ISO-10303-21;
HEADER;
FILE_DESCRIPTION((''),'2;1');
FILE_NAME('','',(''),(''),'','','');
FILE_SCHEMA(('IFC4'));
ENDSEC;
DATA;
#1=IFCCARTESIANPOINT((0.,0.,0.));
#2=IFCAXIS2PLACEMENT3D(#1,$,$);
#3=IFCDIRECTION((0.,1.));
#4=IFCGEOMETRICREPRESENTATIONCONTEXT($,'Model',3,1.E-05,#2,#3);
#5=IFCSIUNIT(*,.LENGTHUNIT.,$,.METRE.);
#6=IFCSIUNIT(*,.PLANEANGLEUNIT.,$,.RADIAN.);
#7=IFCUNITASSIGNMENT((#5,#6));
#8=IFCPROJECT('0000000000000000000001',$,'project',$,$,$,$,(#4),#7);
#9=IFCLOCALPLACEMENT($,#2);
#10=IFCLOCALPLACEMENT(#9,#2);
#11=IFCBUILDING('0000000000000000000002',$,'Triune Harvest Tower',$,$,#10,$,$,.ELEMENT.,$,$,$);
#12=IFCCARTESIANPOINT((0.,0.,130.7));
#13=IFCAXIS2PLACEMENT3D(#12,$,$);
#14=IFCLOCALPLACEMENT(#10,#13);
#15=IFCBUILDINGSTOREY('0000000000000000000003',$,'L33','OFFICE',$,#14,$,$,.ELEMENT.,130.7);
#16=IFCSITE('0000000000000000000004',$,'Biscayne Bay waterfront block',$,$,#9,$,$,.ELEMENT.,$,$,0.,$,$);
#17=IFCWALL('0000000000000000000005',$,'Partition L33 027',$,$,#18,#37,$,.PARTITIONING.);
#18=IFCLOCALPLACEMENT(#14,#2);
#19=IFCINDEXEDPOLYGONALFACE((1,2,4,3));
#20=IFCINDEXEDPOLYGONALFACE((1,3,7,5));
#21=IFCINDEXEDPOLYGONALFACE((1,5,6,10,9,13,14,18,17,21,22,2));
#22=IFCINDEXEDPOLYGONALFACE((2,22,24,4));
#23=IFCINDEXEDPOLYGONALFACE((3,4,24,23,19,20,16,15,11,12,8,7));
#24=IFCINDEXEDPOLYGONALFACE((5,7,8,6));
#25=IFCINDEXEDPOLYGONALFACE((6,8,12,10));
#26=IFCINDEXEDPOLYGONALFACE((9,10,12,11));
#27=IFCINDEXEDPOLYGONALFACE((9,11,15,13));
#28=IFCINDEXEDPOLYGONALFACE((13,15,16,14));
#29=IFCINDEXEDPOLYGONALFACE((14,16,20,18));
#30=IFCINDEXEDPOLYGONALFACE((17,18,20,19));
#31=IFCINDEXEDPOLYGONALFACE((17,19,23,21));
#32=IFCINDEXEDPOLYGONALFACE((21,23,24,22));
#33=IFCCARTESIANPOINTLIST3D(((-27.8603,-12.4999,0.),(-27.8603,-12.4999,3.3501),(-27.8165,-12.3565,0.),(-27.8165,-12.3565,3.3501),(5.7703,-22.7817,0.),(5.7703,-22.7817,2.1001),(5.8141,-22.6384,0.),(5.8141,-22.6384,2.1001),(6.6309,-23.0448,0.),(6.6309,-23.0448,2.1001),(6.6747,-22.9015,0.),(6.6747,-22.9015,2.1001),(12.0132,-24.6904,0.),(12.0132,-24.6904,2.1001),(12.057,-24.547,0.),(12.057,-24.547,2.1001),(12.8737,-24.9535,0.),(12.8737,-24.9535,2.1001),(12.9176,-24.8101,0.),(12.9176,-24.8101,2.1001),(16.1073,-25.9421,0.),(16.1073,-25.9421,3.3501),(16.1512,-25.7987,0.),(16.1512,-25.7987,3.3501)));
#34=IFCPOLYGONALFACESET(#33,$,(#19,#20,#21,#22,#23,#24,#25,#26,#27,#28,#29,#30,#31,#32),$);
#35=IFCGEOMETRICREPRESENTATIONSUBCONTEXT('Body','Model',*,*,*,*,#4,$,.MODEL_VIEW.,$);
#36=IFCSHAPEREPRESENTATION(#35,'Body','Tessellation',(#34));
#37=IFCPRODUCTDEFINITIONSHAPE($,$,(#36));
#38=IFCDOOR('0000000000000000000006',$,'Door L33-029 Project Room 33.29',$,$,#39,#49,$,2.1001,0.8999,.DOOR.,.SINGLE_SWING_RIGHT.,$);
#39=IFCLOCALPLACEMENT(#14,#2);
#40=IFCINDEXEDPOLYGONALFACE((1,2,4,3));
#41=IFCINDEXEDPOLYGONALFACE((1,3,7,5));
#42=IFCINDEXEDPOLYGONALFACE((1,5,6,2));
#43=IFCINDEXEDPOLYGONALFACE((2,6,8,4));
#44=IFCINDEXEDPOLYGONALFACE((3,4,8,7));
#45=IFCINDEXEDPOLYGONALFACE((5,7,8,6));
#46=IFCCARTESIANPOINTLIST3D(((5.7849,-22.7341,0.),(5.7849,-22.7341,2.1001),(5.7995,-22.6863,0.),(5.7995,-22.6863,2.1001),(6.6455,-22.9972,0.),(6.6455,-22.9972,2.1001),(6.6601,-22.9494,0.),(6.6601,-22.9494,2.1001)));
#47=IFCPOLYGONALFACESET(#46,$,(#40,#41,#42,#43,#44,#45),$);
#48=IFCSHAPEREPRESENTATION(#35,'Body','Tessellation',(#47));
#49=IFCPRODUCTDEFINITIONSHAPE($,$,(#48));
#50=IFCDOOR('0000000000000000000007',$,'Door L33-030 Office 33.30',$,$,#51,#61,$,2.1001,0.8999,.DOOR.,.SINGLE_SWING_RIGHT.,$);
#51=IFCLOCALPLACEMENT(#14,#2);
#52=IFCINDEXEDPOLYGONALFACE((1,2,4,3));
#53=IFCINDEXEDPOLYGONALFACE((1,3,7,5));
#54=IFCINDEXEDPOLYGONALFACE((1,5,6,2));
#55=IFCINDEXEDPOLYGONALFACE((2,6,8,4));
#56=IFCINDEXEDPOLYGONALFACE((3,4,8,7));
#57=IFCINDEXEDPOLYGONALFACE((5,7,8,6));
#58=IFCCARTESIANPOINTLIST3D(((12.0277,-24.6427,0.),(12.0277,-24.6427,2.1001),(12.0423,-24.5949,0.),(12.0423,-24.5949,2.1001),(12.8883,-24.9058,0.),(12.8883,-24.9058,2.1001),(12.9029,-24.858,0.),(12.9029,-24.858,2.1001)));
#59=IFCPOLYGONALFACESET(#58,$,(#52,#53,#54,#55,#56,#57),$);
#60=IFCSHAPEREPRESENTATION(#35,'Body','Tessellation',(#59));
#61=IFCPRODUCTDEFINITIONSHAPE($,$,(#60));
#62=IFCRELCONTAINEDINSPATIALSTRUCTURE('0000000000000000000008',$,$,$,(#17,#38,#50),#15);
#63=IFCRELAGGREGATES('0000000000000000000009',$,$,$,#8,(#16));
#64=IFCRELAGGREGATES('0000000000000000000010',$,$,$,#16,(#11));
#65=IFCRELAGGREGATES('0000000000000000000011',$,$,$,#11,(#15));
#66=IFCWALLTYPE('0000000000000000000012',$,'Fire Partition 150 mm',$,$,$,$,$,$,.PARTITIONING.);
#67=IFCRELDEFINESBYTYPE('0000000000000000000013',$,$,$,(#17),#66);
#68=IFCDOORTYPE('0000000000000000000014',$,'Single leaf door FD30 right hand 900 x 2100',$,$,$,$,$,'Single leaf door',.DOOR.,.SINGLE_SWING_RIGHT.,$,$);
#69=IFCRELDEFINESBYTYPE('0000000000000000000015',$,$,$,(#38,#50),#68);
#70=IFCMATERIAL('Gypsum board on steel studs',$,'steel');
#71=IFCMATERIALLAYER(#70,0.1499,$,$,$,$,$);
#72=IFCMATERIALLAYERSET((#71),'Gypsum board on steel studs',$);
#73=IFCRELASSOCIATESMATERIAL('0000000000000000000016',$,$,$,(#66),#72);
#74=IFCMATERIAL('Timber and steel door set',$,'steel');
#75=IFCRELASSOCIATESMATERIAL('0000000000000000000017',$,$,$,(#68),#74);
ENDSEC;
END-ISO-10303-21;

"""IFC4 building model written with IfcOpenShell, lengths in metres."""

from ifc_helpers import new_model, si_unit, direction, frame, frame_2d, origin, place, context, subcontext, project, spatial, rectangle, extrude, source, transform, mapped, material, layer, layer_set, type_object, element, fill, save


model = new_model("IFC4")

# Units and contexts
model_context = context("Model", 3, precision=1e-05, world=origin(), true_north=direction((0.0, 1.0)))
body_context = subcontext(model_context, "Body", "Model", "MODEL_VIEW")
ifc_project = project(units=[si_unit("LENGTHUNIT", "METRE"), si_unit("PLANEANGLEUNIT", "RADIAN")], contexts=[model_context])

# Site, building, storey
site_placement = place(None, origin())
site = spatial("IfcSite", under=ifc_project, at=site_placement, Name="Biscayne Bay waterfront block", CompositionType="ELEMENT", RefElevation=0.0)
building_placement = place(site_placement, origin())
building = spatial("IfcBuilding", under=site, at=building_placement, Name="Triune Harvest Tower", CompositionType="ELEMENT")
storey_placement = place(building_placement, frame((0.0, 0.0, 130.7)))
storey = spatial("IfcBuildingStorey", under=building, at=storey_placement, Name="L33", Description="OFFICE", CompositionType="ELEMENT", Elevation=130.7)

# Shared definitions
ifc_material_1 = material(Name="Gypsum board on steel studs", Category="steel")
ifc_layer_1 = layer(ifc_material_1, 0.1499)
ifc_layer_set_1 = layer_set([ifc_layer_1], Name="Gypsum board on steel studs")
wall_type = type_object("IfcWallType", Name="Fire Partition 150 mm", PredefinedType="PARTITIONING", material=ifc_layer_set_1)

# Shared definitions
ifc_material_2 = material(Name="Timber and steel door set", Category="steel")
door_type_1 = type_object("IfcDoorType", Name="Single leaf door FD30 right hand 900 x 2100", ElementType="Single leaf door", OperationType="SINGLE_SWING_RIGHT", PredefinedType="DOOR", material=ifc_material_2)

# Wall, openings, doors
shared_shape_1 = source(origin(), body_context, "Body", "SweptSolid", [
    extrude(rectangle(XDim=45.9766, YDim=0.1499, at=frame_2d((22.9883, 0.0))), origin(), (0.0, 0.0, 1.0), 3.3501),
])
wall_1_placement = place(storey_placement, frame((-27.8384, -12.4282, 0.0), z_axis=(0.0, 0.0, 1.0), x_axis=(0.956305, -0.29237, 0.0)))
wall_1 = element("IfcWall", 1, at=wall_1_placement, inside=storey, type_object=wall_type, Name="Partition L33 027", PredefinedType="PARTITIONING", context=body_context, shape_type="MappedRepresentation", body=[
    mapped(shared_shape_1, transform((0.0, 0.0, 0.0), scale=1.0)),
])
opening_1_placement = place(wall_1_placement, frame((35.1672, 0.0, 0.0)))
opening_1 = element("IfcOpeningElement", 2, at=opening_1_placement, cuts=wall_1, PredefinedType="OPENING", context=body_context, shape_type="SweptSolid", body=[
    extrude(rectangle(XDim=0.8999, YDim=2.1001, at=frame_2d((0.45, 1.05))), frame((0.0, 0.085, 0.0), z_axis=(0.0, -1.0, 0.0), x_axis=(1.0, 0.0, 0.0)), (0.0, 0.0, 1.0), 0.1699),
])
opening_2_placement = place(wall_1_placement, frame((41.6953, 0.0, 0.0)))
opening_2 = element("IfcOpeningElement", 3, at=opening_2_placement, cuts=wall_1, PredefinedType="OPENING", context=body_context, shape_type="SweptSolid", body=[
    extrude(rectangle(XDim=0.8999, YDim=2.1001, at=frame_2d((0.45, 1.05))), frame((0.0, 0.085, 0.0), z_axis=(0.0, -1.0, 0.0), x_axis=(1.0, 0.0, 0.0)), (0.0, 0.0, 1.0), 0.1699),
])
door_1_placement = place(opening_1_placement, origin())
door_1 = element("IfcDoor", 4, at=door_1_placement, inside=storey, type_object=door_type_1, Name="Door L33-029 Project Room 33.29", OperationType="SINGLE_SWING_RIGHT", OverallHeight=2.1001, OverallWidth=0.8999, PredefinedType="DOOR", context=body_context, shape_type="SweptSolid", body=[
    extrude(rectangle(XDim=0.8999, YDim=2.1001, at=frame_2d((0.45, 1.05))), frame((0.0, 0.0249, 0.0), z_axis=(0.0, -1.0, 0.0), x_axis=(1.0, 0.0, 0.0)), (0.0, 0.0, 1.0), 0.05),
])
fill(opening_1, door_1)
door_2_placement = place(opening_2_placement, origin())
door_2 = element("IfcDoor", 5, at=door_2_placement, inside=storey, type_object=door_type_1, Name="Door L33-030 Office 33.30", OperationType="SINGLE_SWING_RIGHT", OverallHeight=2.1001, OverallWidth=0.8999, PredefinedType="DOOR", context=body_context, shape_type="SweptSolid", body=[
    extrude(rectangle(XDim=0.8999, YDim=2.1001, at=frame_2d((0.45, 1.05))), frame((0.0, 0.0249, 0.0), z_axis=(0.0, -1.0, 0.0), x_axis=(1.0, 0.0, 0.0)), (0.0, 0.0, 1.0), 0.05),
])
fill(opening_2, door_2)

save(model, "model.ifc")
